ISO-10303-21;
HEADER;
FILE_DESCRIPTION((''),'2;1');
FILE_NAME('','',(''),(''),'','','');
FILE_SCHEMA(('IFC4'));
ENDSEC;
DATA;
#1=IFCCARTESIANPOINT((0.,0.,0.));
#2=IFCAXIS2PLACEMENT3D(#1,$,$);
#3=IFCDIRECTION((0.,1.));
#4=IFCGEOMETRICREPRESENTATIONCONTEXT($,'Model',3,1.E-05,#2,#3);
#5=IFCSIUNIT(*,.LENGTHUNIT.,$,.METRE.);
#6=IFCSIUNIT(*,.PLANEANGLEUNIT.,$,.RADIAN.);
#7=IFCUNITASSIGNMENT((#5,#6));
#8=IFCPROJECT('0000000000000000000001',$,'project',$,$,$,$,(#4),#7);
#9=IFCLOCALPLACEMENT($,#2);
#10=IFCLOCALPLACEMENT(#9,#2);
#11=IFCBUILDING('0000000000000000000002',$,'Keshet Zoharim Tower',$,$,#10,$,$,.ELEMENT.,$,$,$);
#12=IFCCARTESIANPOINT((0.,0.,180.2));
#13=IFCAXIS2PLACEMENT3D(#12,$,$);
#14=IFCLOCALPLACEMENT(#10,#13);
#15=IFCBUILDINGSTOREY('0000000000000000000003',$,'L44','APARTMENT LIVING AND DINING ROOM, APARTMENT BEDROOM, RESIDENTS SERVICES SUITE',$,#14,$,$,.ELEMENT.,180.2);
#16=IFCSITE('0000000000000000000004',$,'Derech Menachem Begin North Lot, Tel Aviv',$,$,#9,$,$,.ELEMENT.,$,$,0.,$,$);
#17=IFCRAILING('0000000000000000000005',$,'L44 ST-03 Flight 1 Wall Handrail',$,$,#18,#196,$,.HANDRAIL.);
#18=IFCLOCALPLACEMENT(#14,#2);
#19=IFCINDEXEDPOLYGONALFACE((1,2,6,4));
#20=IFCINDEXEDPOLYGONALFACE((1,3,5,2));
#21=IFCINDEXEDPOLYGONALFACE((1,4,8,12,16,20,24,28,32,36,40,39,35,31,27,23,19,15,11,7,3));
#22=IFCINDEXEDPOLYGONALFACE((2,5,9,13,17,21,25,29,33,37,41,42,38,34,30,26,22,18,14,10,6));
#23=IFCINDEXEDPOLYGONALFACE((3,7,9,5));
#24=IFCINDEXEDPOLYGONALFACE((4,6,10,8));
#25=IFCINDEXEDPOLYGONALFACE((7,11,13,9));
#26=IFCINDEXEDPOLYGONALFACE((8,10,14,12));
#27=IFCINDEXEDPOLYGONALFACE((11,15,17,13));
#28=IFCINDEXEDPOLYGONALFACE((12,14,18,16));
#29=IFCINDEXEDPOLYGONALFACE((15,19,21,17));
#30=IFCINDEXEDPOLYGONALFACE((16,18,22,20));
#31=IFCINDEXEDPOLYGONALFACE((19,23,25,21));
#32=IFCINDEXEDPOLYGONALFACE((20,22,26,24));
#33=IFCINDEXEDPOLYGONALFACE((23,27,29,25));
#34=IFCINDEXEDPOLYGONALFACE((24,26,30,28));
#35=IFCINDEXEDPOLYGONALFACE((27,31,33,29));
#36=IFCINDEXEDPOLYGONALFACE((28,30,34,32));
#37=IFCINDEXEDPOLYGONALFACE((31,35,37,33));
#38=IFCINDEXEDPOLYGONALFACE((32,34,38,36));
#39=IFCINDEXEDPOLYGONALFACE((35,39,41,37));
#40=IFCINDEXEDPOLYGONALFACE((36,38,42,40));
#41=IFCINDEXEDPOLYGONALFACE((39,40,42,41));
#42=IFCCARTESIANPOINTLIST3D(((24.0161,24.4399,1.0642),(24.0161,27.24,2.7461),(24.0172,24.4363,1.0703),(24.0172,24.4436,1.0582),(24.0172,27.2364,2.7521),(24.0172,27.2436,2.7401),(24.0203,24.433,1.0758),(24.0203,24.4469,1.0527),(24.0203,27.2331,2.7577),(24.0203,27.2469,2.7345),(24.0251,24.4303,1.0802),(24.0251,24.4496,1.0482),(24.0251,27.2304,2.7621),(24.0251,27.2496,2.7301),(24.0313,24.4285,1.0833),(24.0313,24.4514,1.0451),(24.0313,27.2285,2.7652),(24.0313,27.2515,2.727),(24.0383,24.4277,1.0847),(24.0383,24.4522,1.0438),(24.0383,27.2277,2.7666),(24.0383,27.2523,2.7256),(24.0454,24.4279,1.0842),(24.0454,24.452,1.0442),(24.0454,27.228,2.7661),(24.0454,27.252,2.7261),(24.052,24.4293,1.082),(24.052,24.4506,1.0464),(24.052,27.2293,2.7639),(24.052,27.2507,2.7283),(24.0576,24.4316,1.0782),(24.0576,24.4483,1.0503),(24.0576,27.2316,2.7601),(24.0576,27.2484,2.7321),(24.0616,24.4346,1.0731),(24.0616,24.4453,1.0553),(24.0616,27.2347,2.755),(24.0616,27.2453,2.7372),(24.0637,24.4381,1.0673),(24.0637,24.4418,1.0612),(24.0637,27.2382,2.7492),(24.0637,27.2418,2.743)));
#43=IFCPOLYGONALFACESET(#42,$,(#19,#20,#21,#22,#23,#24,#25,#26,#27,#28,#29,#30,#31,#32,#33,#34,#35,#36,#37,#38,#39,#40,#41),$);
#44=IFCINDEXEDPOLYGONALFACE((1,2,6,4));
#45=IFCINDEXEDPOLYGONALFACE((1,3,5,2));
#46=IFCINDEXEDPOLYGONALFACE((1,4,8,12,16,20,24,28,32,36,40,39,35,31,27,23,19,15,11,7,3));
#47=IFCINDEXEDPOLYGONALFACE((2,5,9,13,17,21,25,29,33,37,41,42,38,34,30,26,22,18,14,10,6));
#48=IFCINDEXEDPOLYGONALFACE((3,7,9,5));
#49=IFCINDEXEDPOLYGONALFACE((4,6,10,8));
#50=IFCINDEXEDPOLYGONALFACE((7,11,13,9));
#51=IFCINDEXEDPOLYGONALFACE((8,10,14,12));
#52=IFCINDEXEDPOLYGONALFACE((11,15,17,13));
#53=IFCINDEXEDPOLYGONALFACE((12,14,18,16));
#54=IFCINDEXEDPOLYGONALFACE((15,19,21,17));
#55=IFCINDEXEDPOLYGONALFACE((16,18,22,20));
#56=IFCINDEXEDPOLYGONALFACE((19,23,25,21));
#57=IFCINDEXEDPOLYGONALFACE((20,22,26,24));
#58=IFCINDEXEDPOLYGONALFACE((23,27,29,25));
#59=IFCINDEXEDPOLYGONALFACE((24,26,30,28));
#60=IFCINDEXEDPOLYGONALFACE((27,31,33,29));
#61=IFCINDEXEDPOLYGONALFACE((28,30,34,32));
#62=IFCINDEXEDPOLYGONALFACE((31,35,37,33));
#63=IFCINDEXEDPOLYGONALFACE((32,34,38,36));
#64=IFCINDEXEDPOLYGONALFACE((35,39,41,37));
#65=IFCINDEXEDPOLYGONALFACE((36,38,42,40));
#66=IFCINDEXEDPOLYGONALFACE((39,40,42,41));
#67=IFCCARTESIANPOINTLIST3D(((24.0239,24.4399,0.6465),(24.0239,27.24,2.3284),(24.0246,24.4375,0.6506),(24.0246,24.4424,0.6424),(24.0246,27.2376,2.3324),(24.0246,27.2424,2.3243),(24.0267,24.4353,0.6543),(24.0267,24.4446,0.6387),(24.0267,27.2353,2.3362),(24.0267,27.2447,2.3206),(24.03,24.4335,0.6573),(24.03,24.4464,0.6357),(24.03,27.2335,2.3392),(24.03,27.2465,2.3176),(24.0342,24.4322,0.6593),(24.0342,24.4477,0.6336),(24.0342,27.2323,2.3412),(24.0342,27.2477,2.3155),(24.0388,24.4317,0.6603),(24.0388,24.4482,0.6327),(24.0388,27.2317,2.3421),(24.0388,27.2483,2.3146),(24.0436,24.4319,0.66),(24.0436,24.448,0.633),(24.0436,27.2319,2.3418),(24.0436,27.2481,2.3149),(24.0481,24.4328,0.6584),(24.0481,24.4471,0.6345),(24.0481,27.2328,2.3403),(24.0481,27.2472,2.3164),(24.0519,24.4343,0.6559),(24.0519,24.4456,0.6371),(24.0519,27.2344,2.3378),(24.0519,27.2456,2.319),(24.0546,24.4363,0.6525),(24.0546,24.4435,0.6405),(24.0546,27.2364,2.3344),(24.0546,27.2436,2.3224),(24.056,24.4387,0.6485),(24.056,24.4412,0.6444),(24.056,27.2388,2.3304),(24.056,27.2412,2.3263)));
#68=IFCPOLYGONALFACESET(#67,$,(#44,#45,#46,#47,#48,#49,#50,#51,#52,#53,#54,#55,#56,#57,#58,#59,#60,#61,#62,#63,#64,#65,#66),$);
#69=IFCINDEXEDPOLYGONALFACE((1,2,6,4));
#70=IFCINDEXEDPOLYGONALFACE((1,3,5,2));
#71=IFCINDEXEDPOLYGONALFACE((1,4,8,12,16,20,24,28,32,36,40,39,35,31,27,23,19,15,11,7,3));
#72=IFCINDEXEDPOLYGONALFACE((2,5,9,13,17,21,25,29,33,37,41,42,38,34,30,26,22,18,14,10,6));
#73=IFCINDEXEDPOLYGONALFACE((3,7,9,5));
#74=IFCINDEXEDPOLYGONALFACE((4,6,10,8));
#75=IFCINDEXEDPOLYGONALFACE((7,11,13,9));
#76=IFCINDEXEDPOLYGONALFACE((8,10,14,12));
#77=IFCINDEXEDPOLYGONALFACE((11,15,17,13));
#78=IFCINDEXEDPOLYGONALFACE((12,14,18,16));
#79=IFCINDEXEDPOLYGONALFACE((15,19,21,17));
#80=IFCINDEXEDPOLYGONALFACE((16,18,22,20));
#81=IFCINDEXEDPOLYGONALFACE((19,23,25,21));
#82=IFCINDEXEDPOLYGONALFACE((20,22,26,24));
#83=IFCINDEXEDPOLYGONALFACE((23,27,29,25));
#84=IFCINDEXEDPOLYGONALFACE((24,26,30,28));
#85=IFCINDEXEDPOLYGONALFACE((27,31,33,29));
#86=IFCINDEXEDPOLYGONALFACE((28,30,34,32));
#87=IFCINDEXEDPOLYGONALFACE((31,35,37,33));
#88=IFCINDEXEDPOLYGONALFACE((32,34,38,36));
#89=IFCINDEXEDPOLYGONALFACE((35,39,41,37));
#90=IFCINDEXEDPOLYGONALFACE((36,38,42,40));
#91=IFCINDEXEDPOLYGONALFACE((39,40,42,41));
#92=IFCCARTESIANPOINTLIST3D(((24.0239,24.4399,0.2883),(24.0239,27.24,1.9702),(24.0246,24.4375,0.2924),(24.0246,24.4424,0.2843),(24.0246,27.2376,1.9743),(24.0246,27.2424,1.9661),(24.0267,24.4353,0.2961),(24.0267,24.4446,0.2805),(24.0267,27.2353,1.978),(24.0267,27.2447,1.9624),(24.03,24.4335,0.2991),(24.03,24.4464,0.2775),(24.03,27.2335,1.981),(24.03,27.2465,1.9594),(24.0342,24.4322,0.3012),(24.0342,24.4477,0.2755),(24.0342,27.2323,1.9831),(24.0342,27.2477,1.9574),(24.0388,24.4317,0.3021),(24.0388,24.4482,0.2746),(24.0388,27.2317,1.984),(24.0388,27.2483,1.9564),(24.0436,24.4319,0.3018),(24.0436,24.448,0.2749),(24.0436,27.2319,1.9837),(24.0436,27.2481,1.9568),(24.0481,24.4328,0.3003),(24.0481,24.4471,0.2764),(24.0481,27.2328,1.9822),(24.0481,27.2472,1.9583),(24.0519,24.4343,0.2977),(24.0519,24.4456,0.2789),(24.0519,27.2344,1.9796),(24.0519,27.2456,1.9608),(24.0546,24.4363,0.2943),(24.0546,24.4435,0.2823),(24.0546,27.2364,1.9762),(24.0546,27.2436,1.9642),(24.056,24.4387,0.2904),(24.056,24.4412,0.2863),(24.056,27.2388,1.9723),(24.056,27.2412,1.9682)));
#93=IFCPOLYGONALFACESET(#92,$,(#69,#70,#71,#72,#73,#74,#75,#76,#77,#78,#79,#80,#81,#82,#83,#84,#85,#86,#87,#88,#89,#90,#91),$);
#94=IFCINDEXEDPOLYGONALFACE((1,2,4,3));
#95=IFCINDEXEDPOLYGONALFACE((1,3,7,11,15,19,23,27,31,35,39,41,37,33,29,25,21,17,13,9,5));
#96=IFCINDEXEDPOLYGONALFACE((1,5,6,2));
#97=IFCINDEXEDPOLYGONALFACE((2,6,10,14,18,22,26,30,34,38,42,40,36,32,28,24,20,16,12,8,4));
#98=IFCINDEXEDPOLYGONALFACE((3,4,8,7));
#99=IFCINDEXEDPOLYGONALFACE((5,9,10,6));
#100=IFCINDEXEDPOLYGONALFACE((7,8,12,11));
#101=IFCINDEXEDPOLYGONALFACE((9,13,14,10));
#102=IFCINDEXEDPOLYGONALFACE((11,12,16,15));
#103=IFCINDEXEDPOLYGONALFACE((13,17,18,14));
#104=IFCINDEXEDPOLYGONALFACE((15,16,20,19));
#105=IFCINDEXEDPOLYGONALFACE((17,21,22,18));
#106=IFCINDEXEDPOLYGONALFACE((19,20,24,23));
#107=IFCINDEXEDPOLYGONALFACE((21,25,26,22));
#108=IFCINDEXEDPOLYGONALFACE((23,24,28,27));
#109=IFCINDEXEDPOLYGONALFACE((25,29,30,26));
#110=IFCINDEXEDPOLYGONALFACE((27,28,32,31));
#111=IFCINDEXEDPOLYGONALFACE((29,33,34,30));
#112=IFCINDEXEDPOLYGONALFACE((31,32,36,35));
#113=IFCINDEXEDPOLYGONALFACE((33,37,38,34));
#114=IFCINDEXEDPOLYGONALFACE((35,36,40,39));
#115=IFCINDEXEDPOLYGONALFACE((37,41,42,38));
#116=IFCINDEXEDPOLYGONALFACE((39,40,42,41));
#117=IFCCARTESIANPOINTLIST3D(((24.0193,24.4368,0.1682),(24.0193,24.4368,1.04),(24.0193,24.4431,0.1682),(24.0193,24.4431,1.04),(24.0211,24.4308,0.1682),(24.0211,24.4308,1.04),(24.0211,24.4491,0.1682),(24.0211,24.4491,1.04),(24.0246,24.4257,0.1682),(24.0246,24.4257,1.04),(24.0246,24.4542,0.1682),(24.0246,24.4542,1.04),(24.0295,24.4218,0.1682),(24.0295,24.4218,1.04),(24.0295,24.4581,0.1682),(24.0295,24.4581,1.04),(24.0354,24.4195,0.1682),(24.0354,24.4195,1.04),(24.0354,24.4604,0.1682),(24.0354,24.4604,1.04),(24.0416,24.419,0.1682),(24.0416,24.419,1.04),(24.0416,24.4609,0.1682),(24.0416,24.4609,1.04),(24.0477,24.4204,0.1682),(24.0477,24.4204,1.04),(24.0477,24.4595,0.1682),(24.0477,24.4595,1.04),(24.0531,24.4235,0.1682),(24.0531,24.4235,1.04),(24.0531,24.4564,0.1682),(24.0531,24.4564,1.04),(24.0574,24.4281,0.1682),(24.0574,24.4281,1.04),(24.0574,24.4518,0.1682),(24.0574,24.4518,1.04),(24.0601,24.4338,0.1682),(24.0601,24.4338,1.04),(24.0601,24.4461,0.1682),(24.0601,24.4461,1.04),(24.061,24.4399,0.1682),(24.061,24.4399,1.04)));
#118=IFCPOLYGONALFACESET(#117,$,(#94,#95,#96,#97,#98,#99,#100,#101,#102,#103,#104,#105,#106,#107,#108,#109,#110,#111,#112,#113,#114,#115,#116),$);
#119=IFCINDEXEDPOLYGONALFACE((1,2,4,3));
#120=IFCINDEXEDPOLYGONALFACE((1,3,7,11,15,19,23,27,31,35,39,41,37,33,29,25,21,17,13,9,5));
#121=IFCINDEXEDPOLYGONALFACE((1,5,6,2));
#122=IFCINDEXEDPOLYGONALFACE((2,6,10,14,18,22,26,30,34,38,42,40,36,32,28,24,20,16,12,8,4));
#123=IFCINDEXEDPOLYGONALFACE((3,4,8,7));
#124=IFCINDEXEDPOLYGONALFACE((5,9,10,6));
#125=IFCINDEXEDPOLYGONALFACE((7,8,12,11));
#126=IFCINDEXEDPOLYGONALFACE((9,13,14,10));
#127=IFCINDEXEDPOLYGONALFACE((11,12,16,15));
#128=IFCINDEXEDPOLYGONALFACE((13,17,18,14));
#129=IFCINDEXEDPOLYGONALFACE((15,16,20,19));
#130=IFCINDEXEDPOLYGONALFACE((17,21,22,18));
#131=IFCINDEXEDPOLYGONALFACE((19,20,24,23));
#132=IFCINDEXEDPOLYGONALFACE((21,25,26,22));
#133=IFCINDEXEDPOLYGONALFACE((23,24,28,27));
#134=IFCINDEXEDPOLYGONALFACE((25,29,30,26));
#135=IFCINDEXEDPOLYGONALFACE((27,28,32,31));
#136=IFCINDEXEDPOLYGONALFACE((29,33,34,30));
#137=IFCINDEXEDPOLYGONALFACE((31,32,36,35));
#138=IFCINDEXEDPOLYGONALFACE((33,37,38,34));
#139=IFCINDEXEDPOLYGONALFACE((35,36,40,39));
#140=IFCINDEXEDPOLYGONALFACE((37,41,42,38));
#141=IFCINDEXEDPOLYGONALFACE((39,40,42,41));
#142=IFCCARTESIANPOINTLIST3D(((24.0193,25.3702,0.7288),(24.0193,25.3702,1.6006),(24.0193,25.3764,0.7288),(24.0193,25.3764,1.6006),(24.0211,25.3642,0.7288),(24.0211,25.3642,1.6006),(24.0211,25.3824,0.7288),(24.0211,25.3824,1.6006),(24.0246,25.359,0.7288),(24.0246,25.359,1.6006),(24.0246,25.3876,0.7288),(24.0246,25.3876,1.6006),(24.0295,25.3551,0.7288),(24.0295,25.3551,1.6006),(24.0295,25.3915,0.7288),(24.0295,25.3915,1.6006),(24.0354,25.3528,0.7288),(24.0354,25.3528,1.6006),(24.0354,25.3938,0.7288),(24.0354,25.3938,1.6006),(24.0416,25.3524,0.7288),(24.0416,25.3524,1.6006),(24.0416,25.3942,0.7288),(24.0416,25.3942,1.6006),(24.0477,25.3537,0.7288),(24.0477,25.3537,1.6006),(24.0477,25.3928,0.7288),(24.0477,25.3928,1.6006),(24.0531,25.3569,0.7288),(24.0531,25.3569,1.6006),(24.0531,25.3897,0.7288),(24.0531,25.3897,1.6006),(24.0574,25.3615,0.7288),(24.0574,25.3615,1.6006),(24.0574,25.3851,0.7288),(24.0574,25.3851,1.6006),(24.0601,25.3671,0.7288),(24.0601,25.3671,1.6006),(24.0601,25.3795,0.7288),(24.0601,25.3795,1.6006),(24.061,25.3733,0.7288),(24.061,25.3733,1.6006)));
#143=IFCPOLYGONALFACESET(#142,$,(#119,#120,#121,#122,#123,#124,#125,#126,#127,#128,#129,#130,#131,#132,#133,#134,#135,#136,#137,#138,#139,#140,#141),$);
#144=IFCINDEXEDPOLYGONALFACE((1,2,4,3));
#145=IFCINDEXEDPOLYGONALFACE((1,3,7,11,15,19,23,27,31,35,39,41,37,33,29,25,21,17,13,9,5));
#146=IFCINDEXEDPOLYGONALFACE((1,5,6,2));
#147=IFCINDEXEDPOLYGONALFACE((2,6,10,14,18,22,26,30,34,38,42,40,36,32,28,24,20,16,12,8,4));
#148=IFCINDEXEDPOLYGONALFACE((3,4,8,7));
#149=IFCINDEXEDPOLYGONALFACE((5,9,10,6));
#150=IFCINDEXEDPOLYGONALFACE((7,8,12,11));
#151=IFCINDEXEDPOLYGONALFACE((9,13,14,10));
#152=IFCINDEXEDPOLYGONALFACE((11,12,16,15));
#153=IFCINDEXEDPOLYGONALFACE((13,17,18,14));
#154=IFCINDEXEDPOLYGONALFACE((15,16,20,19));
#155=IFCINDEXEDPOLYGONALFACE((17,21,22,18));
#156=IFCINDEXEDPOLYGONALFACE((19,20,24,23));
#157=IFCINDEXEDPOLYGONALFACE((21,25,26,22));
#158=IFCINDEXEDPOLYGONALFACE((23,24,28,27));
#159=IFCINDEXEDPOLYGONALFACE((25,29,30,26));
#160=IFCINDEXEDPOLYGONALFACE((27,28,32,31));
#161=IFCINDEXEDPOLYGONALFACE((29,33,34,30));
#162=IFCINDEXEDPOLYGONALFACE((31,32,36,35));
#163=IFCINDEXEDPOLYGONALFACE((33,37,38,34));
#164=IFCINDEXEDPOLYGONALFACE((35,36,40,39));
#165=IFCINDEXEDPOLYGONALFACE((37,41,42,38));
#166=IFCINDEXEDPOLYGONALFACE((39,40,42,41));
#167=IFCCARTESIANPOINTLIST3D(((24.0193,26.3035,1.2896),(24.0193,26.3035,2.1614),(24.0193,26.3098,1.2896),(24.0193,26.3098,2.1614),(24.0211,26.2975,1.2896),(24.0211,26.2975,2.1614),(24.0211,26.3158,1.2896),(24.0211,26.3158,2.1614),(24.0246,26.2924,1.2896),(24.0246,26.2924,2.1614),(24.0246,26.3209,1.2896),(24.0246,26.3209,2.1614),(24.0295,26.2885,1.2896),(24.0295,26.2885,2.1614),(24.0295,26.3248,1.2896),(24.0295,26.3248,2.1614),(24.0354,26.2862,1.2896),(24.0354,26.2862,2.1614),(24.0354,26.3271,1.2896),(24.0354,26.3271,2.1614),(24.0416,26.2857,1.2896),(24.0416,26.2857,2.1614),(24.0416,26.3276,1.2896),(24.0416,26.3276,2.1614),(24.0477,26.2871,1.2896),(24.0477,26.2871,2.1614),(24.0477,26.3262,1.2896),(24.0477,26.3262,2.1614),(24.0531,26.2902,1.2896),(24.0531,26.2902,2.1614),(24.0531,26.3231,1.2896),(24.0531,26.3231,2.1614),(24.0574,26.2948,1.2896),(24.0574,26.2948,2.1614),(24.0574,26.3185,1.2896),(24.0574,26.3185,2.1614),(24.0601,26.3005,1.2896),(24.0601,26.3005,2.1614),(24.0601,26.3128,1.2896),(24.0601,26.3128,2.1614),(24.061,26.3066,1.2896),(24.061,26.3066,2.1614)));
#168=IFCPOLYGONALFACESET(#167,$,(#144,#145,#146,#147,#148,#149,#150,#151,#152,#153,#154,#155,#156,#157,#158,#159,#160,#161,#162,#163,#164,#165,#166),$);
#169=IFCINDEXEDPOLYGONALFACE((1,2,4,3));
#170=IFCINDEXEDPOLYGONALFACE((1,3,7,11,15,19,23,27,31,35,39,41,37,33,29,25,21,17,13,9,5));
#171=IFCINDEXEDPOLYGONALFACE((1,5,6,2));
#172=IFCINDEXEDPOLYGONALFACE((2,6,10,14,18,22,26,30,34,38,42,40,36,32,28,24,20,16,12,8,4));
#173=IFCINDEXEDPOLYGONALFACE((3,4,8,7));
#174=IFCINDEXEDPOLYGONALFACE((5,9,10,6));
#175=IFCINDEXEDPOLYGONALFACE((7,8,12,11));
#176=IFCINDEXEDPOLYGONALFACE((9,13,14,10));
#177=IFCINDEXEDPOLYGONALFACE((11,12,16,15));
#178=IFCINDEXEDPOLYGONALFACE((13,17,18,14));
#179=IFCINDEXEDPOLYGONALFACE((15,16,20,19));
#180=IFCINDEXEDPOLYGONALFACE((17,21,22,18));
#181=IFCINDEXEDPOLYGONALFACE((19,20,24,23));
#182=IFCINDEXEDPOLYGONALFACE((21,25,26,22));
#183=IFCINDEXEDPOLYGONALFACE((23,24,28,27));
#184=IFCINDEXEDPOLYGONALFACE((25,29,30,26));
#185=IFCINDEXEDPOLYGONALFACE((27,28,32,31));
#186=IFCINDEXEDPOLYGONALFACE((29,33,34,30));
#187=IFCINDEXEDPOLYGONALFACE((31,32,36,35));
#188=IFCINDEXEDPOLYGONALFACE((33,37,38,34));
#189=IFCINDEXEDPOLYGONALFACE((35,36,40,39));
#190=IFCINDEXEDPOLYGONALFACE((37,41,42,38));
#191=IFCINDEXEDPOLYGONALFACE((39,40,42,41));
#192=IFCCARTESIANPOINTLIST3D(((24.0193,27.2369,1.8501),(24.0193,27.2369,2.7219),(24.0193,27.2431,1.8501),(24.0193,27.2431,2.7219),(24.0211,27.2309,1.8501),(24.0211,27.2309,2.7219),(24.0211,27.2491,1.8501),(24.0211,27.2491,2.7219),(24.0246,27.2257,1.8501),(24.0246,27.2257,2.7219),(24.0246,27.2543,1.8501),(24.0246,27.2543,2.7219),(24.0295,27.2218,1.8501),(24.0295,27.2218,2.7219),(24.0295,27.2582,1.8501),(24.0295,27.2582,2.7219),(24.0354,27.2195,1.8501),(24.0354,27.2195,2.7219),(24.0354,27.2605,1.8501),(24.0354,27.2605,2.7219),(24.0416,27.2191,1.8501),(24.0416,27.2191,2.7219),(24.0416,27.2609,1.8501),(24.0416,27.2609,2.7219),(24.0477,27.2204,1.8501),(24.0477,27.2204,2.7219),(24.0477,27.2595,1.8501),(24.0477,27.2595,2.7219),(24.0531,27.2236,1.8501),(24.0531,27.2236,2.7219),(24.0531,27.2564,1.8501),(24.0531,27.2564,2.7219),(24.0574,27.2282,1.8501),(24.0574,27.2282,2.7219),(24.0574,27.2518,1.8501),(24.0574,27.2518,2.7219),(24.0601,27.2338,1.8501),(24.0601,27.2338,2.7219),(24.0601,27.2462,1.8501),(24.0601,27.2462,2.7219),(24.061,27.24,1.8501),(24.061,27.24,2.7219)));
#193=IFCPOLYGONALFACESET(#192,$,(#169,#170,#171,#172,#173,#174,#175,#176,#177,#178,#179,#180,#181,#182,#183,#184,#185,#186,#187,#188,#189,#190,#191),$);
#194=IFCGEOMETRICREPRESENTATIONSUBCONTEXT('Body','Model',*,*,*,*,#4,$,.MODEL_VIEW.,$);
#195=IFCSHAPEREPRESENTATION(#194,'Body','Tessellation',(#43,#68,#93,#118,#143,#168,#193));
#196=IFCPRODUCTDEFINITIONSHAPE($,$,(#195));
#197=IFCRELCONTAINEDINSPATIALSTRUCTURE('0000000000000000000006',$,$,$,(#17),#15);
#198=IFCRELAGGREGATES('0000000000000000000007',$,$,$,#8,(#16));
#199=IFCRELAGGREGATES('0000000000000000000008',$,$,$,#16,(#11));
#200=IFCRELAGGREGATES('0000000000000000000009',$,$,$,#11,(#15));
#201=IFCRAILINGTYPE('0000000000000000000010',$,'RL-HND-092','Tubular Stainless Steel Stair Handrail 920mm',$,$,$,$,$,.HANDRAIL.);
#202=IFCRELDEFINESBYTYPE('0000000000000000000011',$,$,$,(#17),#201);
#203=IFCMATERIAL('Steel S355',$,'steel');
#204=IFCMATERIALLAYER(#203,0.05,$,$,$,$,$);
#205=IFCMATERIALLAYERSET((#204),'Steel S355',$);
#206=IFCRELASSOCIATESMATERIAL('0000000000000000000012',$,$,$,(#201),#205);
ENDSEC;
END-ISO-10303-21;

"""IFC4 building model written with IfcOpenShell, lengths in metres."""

from ifc_helpers import new_model, si_unit, direction, frame, origin, origin_2d, place, context, subcontext, project, spatial, circle, extrude, material, layer, layer_set, type_object, element, save


model = new_model("IFC4")

# Units and contexts
model_context = context("Model", 3, precision=1e-05, world=origin(), true_north=direction((0.0, 1.0)))
body_context = subcontext(model_context, "Body", "Model", "MODEL_VIEW")
ifc_project = project(units=[si_unit("LENGTHUNIT", "METRE"), si_unit("PLANEANGLEUNIT", "RADIAN")], contexts=[model_context])

# Site, building, storey
site_placement = place(None, origin())
site = spatial("IfcSite", under=ifc_project, at=site_placement, Name="Derech Menachem Begin North Lot, Tel Aviv", CompositionType="ELEMENT", RefElevation=0.0)
building_placement = place(site_placement, origin())
building = spatial("IfcBuilding", under=site, at=building_placement, Name="Keshet Zoharim Tower", CompositionType="ELEMENT")
storey_placement = place(building_placement, frame((0.0, 0.0, 180.2)))
storey = spatial("IfcBuildingStorey", under=building, at=storey_placement, Name="L44", Description="APARTMENT LIVING AND DINING ROOM, APARTMENT BEDROOM, RESIDENTS SERVICES SUITE", CompositionType="ELEMENT", Elevation=180.2)

# Railing
ifc_material_1 = material(Name="Steel S355", Category="steel")
ifc_layer_1 = layer(ifc_material_1, 0.05)
ifc_layer_set_1 = layer_set([ifc_layer_1], Name="Steel S355")
railing_type_1 = type_object("IfcRailingType", Name="RL-HND-092", Description="Tubular Stainless Steel Stair Handrail 920mm", PredefinedType="HANDRAIL", material=ifc_layer_set_1)
railing_1_placement = place(storey_placement, frame((24.04, 24.4399, 0.1682)))
element("IfcRailing", 1, at=railing_1_placement, inside=storey, type_object=railing_type_1, Name="L44 ST-03 Flight 1 Wall Handrail", PredefinedType="HANDRAIL", context=body_context, shape_type="SweptSolid", body=[
    extrude(circle(Radius=0.0239, at=origin_2d()), frame((0.0, 0.0, 0.896), z_axis=(0.0, 0.857242, 0.514913), x_axis=(-1.0, 0.0, 0.0)), (0.0, 0.0, 1.0), 3.2664),
    extrude(circle(Radius=0.0161, at=origin_2d()), frame((0.0, 0.0, 0.4783), z_axis=(0.0, 0.857242, 0.514913), x_axis=(-1.0, 0.0, 0.0)), (0.0, 0.0, 1.0), 3.2664),
    extrude(circle(Radius=0.0161, at=origin_2d()), frame((0.0, 0.0, 0.1201), z_axis=(0.0, 0.857242, 0.514913), x_axis=(-1.0, 0.0, 0.0)), (0.0, 0.0, 1.0), 3.2664),
    extrude(circle(Radius=0.021, at=origin_2d()), origin(), (0.0, 0.0, 1.0), 0.8718),
    extrude(circle(Radius=0.021, at=origin_2d()), frame((0.0, 0.9333, 0.5605)), (0.0, 0.0, 1.0), 0.8718),
    extrude(circle(Radius=0.021, at=origin_2d()), frame((0.0, 1.8667, 1.1213)), (0.0, 0.0, 1.0), 0.8718),
    extrude(circle(Radius=0.021, at=origin_2d()), frame((0.0, 2.8, 1.6819)), (0.0, 0.0, 1.0), 0.8718),
])

save(model, "model.ifc")
